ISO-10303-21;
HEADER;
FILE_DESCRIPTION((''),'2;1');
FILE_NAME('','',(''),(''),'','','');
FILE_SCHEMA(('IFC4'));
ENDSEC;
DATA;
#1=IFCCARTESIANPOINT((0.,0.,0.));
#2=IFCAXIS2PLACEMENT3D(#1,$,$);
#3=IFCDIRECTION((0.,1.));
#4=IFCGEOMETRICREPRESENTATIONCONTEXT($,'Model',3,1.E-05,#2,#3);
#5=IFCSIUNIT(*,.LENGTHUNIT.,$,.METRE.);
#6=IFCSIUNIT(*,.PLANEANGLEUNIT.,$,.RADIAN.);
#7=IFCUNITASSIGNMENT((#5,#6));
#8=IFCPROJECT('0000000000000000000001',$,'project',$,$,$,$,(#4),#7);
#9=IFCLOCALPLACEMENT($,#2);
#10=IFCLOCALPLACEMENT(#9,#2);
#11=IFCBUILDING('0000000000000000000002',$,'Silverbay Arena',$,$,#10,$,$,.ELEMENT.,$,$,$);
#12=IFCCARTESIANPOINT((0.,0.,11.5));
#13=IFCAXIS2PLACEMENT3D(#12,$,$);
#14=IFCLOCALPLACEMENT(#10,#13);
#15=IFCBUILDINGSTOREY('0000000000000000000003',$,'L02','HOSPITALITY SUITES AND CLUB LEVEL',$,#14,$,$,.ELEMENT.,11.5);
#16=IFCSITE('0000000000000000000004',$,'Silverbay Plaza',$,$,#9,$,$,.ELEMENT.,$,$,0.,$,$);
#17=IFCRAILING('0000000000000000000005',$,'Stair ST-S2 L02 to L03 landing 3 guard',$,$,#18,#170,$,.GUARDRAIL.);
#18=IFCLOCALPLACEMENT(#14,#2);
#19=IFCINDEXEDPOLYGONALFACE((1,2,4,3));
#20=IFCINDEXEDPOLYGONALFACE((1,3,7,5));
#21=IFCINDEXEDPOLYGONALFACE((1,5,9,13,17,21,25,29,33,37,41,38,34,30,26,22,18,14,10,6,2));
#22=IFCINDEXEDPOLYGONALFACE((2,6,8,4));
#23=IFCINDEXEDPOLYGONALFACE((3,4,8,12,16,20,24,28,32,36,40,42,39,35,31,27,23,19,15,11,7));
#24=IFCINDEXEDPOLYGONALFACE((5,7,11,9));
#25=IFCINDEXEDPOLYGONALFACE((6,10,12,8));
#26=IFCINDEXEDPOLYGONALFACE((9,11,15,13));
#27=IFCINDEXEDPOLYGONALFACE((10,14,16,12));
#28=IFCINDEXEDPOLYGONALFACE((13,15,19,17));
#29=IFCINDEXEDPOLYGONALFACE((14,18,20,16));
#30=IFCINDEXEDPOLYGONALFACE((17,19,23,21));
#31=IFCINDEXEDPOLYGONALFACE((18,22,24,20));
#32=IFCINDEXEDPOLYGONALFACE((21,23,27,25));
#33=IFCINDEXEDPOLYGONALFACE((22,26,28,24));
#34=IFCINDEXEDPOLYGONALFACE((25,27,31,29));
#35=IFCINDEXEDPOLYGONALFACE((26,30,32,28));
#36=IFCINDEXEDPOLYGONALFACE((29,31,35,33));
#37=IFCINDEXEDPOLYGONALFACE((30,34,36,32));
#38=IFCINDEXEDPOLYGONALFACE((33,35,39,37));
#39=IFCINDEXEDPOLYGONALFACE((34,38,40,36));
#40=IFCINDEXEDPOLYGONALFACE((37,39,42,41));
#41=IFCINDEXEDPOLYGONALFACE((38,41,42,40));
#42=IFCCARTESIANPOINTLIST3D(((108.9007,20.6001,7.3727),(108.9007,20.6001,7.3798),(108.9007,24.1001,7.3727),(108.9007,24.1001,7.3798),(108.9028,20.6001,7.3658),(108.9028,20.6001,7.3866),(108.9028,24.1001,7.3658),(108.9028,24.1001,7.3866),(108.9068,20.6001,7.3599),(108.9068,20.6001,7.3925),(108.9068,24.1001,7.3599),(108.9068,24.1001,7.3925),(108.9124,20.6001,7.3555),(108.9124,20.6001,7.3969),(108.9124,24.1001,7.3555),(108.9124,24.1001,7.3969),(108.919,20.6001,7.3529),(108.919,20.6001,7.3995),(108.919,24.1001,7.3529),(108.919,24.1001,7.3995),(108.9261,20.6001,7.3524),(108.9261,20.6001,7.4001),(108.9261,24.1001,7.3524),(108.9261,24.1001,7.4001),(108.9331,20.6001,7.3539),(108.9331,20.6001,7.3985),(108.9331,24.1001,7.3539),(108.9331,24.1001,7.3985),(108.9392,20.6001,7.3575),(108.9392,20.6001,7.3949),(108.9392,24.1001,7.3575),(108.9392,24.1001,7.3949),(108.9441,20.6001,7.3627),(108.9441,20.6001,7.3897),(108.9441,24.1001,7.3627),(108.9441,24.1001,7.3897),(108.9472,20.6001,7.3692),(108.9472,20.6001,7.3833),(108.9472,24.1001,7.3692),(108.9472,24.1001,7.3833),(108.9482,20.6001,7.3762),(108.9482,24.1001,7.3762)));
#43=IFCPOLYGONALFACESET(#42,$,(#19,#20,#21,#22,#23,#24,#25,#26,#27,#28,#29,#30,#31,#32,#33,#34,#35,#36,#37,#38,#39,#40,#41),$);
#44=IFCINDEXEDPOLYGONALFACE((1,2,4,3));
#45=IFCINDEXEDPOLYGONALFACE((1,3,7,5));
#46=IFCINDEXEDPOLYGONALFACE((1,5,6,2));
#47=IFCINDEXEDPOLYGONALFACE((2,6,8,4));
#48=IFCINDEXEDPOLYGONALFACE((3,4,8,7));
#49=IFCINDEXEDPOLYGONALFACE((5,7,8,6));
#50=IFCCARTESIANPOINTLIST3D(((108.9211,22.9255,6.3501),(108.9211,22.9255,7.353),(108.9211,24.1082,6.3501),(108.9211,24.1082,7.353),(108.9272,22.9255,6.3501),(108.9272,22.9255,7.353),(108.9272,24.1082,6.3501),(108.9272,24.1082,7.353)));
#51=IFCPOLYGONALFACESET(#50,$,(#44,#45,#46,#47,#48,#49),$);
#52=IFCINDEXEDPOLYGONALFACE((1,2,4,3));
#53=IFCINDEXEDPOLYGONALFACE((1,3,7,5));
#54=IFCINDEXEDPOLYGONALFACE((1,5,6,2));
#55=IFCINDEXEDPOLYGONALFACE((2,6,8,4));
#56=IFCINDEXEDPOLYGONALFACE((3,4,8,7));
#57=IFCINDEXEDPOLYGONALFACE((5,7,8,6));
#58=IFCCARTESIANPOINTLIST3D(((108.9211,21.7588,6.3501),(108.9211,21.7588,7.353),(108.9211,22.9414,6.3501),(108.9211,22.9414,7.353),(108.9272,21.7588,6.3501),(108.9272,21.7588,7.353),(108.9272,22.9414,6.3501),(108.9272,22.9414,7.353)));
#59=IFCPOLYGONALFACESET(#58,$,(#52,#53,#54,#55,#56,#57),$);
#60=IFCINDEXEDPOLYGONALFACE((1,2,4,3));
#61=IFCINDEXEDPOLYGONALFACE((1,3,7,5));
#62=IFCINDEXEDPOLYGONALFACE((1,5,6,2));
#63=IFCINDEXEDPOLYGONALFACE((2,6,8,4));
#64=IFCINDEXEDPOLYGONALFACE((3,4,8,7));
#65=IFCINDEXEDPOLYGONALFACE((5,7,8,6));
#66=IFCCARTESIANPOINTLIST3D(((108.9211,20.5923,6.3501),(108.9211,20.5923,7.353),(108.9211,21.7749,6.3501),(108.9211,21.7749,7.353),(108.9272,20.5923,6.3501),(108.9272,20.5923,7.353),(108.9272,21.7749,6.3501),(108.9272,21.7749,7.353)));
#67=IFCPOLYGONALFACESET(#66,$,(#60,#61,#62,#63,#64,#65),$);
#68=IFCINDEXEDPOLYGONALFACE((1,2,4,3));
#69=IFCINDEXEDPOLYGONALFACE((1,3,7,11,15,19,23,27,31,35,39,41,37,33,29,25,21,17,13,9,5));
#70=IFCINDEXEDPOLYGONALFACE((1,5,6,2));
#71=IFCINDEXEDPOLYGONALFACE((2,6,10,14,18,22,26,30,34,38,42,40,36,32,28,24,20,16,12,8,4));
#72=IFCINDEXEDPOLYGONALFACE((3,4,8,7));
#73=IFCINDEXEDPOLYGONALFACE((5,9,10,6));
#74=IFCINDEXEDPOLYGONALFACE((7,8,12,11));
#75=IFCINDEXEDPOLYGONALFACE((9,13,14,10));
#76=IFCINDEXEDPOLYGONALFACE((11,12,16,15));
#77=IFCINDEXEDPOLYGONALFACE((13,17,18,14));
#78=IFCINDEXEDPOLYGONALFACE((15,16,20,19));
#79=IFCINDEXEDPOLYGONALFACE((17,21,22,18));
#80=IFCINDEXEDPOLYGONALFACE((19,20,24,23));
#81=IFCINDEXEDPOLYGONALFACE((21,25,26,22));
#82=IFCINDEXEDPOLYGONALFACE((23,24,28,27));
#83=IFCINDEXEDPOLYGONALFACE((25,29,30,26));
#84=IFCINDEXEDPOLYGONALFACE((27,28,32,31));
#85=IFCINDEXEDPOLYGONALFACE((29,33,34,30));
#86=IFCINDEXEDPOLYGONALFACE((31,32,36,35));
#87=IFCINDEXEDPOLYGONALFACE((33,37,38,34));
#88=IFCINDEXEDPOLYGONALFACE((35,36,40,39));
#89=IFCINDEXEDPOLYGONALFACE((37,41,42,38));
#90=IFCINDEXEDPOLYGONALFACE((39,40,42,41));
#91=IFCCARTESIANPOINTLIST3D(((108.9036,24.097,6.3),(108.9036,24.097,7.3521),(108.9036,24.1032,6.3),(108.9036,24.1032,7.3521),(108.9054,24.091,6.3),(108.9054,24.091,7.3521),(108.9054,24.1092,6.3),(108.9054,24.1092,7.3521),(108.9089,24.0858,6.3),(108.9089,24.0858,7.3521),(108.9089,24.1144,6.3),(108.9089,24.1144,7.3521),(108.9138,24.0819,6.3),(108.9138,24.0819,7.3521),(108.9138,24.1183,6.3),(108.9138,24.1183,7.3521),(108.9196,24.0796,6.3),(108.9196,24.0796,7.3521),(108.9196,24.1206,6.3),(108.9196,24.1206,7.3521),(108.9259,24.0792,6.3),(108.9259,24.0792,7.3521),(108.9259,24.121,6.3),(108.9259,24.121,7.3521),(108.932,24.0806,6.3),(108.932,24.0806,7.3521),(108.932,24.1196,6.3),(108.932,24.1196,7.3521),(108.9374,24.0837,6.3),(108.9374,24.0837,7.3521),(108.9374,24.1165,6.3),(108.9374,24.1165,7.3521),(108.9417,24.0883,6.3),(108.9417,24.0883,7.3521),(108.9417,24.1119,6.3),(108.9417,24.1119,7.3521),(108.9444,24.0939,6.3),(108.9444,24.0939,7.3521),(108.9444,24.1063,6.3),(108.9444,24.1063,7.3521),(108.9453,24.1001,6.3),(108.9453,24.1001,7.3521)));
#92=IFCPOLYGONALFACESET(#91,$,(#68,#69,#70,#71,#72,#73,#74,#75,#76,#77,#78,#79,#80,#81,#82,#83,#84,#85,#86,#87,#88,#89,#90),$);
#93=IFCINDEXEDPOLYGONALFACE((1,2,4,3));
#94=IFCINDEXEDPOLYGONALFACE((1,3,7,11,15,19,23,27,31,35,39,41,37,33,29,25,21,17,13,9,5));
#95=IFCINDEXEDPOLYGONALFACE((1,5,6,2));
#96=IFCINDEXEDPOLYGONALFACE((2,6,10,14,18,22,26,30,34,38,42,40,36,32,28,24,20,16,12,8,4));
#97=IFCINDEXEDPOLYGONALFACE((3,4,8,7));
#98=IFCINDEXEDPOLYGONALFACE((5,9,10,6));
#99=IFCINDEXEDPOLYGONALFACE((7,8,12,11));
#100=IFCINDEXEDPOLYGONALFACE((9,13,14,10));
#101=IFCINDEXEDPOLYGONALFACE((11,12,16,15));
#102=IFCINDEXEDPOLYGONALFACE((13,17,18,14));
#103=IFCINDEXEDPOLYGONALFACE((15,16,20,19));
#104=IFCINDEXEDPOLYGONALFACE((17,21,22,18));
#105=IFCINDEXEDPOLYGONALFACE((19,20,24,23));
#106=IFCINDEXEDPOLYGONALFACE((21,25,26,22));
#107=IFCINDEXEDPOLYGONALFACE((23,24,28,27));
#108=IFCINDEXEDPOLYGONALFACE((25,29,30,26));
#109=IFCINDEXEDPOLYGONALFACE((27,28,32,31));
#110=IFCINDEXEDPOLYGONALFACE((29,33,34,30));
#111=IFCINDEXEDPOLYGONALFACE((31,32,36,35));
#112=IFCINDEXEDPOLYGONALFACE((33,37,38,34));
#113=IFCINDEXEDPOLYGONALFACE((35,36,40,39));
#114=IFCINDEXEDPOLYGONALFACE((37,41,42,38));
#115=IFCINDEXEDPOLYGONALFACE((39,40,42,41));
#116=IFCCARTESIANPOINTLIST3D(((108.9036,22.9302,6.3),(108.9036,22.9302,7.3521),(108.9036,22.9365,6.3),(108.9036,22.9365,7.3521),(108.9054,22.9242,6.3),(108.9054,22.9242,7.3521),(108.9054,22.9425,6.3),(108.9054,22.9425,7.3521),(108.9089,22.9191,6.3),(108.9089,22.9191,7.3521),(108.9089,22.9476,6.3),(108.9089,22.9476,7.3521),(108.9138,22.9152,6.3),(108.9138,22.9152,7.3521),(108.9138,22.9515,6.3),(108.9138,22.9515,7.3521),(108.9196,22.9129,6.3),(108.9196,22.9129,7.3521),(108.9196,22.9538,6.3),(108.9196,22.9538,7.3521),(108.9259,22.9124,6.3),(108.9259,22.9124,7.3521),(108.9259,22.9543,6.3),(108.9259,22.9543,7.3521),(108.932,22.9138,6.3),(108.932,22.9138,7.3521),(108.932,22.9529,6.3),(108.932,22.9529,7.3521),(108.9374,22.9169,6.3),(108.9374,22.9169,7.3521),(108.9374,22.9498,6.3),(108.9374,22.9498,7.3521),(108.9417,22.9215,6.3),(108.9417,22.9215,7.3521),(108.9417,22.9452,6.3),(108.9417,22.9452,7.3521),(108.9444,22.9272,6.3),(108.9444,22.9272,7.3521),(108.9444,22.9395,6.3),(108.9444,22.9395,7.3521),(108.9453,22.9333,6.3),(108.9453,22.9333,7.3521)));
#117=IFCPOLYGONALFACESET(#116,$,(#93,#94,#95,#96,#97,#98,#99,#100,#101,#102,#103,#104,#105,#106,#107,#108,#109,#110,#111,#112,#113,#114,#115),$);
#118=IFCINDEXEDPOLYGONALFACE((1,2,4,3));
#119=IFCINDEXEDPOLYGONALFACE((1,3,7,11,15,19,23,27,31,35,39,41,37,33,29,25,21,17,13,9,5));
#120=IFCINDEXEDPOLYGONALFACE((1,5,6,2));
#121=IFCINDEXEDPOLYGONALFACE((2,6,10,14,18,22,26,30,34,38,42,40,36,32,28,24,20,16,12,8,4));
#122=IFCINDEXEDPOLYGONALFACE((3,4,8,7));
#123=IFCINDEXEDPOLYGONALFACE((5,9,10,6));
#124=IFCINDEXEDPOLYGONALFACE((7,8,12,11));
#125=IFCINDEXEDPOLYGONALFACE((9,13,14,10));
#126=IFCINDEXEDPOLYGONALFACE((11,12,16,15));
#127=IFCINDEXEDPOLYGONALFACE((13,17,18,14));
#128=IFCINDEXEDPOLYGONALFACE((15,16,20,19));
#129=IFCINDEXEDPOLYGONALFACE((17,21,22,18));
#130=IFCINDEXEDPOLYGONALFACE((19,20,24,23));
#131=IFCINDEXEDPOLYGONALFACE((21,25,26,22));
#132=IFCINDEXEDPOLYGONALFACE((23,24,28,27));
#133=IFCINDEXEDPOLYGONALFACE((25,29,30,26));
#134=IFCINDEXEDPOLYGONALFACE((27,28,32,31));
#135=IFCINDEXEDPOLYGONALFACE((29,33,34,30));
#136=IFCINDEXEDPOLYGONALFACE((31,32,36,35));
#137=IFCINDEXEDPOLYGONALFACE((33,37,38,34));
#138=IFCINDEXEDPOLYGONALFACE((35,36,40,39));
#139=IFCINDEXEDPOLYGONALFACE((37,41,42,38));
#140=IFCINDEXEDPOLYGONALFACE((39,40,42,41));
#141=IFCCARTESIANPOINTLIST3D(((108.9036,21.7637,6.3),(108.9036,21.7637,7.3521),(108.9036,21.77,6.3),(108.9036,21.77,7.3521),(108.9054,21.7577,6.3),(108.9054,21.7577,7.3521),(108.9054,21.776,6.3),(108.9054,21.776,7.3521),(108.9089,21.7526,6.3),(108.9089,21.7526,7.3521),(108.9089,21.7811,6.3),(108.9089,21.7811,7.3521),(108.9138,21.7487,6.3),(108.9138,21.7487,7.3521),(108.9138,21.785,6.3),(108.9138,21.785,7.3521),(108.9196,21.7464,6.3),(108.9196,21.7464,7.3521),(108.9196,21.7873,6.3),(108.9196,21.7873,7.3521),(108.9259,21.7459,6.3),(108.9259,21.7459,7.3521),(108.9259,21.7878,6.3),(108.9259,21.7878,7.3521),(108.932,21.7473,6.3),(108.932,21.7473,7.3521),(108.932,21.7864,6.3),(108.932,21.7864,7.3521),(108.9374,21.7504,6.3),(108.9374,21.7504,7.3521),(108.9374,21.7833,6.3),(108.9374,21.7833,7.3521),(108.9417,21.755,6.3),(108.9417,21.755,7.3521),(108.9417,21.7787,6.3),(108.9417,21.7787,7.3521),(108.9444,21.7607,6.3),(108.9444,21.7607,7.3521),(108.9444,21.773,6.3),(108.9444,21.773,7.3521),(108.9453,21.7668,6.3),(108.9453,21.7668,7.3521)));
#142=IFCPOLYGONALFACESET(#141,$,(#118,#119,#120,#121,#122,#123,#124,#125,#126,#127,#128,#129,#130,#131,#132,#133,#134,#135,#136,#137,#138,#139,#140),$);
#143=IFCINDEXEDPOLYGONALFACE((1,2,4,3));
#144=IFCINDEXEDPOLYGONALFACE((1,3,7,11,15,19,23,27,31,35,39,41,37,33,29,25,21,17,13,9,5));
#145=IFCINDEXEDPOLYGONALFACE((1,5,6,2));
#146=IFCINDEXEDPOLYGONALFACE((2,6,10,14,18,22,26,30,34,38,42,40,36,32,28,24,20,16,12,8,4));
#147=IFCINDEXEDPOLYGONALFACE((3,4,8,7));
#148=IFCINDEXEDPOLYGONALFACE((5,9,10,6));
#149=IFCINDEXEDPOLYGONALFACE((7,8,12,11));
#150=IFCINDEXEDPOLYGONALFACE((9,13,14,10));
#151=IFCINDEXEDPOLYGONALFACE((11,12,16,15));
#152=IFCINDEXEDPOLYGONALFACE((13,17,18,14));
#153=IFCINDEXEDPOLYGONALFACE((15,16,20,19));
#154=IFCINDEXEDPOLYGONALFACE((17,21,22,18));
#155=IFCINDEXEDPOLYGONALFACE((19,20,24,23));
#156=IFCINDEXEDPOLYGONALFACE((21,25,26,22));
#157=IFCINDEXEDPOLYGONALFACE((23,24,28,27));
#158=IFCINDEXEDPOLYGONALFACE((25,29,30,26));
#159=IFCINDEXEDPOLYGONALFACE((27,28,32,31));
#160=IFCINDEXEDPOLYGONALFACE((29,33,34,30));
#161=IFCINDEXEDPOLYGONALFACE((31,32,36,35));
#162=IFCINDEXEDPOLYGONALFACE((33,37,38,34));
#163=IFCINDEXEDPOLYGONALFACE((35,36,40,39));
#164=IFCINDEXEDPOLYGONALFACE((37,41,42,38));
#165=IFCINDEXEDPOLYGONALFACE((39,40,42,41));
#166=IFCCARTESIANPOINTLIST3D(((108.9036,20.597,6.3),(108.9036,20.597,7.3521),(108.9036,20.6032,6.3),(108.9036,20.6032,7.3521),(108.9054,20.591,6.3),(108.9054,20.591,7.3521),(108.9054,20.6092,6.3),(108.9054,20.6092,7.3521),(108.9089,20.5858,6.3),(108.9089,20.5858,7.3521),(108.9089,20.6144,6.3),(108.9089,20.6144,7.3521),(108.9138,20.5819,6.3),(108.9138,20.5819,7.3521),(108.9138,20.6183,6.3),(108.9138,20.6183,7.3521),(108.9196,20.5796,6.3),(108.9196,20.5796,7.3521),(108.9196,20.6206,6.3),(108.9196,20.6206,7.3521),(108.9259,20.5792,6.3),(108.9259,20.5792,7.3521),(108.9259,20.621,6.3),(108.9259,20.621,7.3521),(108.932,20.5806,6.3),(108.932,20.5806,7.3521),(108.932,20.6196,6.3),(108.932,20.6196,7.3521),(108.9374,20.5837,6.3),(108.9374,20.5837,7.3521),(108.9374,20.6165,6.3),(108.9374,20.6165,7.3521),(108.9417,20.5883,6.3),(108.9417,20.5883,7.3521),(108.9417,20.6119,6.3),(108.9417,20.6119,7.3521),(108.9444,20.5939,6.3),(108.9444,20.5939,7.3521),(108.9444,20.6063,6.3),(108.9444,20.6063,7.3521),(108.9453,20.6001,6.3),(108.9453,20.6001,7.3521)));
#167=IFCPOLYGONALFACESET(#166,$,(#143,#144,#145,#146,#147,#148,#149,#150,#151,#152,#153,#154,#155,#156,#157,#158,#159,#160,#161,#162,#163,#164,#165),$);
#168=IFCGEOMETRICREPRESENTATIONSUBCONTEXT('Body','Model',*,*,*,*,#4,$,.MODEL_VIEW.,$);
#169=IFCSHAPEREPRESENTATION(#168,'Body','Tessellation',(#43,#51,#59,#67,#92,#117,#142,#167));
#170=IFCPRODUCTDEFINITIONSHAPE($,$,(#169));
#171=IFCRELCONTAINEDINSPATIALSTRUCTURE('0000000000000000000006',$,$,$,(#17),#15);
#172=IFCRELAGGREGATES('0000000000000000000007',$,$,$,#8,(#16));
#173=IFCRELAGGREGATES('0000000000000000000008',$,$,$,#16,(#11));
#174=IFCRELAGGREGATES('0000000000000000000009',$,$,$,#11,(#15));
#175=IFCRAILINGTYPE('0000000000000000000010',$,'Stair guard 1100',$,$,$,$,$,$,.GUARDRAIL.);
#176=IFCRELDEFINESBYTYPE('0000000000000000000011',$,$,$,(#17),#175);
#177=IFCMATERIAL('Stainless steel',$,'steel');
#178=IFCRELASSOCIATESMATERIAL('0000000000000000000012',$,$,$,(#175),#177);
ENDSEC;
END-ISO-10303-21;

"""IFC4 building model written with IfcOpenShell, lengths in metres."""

from ifc_helpers import new_model, si_unit, direction, frame, origin, origin_2d, place, context, subcontext, project, spatial, polyline, circle, outline, extrude, material, type_object, element, save


model = new_model("IFC4")

# Units and contexts
model_context = context("Model", 3, precision=1e-05, world=origin(), true_north=direction((0.0, 1.0)))
body_context = subcontext(model_context, "Body", "Model", "MODEL_VIEW")
ifc_project = project(units=[si_unit("LENGTHUNIT", "METRE"), si_unit("PLANEANGLEUNIT", "RADIAN")], contexts=[model_context])

# Site, building, storey
site_placement = place(None, origin())
site = spatial("IfcSite", under=ifc_project, at=site_placement, Name="Silverbay Plaza", CompositionType="ELEMENT", RefElevation=0.0)
building_placement = place(site_placement, origin())
building = spatial("IfcBuilding", under=site, at=building_placement, Name="Silverbay Arena", CompositionType="ELEMENT")
storey_placement = place(building_placement, frame((0.0, 0.0, 11.5)))
storey = spatial("IfcBuildingStorey", under=building, at=storey_placement, Name="L02", Description="HOSPITALITY SUITES AND CLUB LEVEL", CompositionType="ELEMENT", Elevation=11.5)

# Railing
ifc_material_1 = material(Name="Stainless steel", Category="steel")
railing_type_1 = type_object("IfcRailingType", Name="Stair guard 1100", PredefinedType="GUARDRAIL", material=ifc_material_1)
for number, where, name in (
    (1, (108.9243, 24.1001, 6.3), "Stair ST-S2 L02 to L03 landing 3 guard"),
):
    element("IfcRailing", number, at=place(storey_placement, frame(where)), inside=storey, type_object=railing_type_1, Name=name, PredefinedType="GUARDRAIL", context=body_context, shape_type="SweptSolid", body=[
        extrude(circle(Radius=0.0239, at=origin_2d()), frame((0.0, 0.0, 1.0762), z_axis=(0.0, -1.0, 0.0), x_axis=(1.0, 0.0, 0.0)), (0.0, 0.0, 1.0), 3.5),
        extrude(outline(polyline([(-0.0081, 0.05), (1.1746, 0.05), (1.1746, 1.053), (-0.0081, 1.053), (-0.0081, 0.05)])), frame((0.0029, 0.0, 0.0), z_axis=(-1.0, 0.0, 0.0), x_axis=(0.0, -1.0, 0.0)), (0.0, 0.0, 1.0), 0.0061),
        extrude(outline(polyline([(-0.0081, 0.05), (1.1746, 0.05), (1.1746, 1.053), (-0.0081, 1.053), (-0.0081, 0.05)])), frame((0.0029, -1.1667, 0.0), z_axis=(-1.0, 0.0, 0.0), x_axis=(0.0, -1.0, 0.0)), (0.0, 0.0, 1.0), 0.0061),
        extrude(outline(polyline([(-0.0081, 0.05), (1.1746, 0.05), (1.1746, 1.053), (-0.0081, 1.053), (-0.0081, 0.05)])), frame((0.0029, -2.3333, 0.0), z_axis=(-1.0, 0.0, 0.0), x_axis=(0.0, -1.0, 0.0)), (0.0, 0.0, 1.0), 0.0061),
        extrude(circle(Radius=0.021, at=origin_2d()), origin(), (0.0, 0.0, 1.0), 1.052),
        extrude(circle(Radius=0.021, at=origin_2d()), frame((0.0, -1.1667, 0.0)), (0.0, 0.0, 1.0), 1.052),
        extrude(circle(Radius=0.021, at=origin_2d()), frame((0.0, -2.3333, 0.0)), (0.0, 0.0, 1.0), 1.052),
        extrude(circle(Radius=0.021, at=origin_2d()), frame((0.0, -3.5, 0.0)), (0.0, 0.0, 1.0), 1.052),
    ])

save(model, "model.ifc")
